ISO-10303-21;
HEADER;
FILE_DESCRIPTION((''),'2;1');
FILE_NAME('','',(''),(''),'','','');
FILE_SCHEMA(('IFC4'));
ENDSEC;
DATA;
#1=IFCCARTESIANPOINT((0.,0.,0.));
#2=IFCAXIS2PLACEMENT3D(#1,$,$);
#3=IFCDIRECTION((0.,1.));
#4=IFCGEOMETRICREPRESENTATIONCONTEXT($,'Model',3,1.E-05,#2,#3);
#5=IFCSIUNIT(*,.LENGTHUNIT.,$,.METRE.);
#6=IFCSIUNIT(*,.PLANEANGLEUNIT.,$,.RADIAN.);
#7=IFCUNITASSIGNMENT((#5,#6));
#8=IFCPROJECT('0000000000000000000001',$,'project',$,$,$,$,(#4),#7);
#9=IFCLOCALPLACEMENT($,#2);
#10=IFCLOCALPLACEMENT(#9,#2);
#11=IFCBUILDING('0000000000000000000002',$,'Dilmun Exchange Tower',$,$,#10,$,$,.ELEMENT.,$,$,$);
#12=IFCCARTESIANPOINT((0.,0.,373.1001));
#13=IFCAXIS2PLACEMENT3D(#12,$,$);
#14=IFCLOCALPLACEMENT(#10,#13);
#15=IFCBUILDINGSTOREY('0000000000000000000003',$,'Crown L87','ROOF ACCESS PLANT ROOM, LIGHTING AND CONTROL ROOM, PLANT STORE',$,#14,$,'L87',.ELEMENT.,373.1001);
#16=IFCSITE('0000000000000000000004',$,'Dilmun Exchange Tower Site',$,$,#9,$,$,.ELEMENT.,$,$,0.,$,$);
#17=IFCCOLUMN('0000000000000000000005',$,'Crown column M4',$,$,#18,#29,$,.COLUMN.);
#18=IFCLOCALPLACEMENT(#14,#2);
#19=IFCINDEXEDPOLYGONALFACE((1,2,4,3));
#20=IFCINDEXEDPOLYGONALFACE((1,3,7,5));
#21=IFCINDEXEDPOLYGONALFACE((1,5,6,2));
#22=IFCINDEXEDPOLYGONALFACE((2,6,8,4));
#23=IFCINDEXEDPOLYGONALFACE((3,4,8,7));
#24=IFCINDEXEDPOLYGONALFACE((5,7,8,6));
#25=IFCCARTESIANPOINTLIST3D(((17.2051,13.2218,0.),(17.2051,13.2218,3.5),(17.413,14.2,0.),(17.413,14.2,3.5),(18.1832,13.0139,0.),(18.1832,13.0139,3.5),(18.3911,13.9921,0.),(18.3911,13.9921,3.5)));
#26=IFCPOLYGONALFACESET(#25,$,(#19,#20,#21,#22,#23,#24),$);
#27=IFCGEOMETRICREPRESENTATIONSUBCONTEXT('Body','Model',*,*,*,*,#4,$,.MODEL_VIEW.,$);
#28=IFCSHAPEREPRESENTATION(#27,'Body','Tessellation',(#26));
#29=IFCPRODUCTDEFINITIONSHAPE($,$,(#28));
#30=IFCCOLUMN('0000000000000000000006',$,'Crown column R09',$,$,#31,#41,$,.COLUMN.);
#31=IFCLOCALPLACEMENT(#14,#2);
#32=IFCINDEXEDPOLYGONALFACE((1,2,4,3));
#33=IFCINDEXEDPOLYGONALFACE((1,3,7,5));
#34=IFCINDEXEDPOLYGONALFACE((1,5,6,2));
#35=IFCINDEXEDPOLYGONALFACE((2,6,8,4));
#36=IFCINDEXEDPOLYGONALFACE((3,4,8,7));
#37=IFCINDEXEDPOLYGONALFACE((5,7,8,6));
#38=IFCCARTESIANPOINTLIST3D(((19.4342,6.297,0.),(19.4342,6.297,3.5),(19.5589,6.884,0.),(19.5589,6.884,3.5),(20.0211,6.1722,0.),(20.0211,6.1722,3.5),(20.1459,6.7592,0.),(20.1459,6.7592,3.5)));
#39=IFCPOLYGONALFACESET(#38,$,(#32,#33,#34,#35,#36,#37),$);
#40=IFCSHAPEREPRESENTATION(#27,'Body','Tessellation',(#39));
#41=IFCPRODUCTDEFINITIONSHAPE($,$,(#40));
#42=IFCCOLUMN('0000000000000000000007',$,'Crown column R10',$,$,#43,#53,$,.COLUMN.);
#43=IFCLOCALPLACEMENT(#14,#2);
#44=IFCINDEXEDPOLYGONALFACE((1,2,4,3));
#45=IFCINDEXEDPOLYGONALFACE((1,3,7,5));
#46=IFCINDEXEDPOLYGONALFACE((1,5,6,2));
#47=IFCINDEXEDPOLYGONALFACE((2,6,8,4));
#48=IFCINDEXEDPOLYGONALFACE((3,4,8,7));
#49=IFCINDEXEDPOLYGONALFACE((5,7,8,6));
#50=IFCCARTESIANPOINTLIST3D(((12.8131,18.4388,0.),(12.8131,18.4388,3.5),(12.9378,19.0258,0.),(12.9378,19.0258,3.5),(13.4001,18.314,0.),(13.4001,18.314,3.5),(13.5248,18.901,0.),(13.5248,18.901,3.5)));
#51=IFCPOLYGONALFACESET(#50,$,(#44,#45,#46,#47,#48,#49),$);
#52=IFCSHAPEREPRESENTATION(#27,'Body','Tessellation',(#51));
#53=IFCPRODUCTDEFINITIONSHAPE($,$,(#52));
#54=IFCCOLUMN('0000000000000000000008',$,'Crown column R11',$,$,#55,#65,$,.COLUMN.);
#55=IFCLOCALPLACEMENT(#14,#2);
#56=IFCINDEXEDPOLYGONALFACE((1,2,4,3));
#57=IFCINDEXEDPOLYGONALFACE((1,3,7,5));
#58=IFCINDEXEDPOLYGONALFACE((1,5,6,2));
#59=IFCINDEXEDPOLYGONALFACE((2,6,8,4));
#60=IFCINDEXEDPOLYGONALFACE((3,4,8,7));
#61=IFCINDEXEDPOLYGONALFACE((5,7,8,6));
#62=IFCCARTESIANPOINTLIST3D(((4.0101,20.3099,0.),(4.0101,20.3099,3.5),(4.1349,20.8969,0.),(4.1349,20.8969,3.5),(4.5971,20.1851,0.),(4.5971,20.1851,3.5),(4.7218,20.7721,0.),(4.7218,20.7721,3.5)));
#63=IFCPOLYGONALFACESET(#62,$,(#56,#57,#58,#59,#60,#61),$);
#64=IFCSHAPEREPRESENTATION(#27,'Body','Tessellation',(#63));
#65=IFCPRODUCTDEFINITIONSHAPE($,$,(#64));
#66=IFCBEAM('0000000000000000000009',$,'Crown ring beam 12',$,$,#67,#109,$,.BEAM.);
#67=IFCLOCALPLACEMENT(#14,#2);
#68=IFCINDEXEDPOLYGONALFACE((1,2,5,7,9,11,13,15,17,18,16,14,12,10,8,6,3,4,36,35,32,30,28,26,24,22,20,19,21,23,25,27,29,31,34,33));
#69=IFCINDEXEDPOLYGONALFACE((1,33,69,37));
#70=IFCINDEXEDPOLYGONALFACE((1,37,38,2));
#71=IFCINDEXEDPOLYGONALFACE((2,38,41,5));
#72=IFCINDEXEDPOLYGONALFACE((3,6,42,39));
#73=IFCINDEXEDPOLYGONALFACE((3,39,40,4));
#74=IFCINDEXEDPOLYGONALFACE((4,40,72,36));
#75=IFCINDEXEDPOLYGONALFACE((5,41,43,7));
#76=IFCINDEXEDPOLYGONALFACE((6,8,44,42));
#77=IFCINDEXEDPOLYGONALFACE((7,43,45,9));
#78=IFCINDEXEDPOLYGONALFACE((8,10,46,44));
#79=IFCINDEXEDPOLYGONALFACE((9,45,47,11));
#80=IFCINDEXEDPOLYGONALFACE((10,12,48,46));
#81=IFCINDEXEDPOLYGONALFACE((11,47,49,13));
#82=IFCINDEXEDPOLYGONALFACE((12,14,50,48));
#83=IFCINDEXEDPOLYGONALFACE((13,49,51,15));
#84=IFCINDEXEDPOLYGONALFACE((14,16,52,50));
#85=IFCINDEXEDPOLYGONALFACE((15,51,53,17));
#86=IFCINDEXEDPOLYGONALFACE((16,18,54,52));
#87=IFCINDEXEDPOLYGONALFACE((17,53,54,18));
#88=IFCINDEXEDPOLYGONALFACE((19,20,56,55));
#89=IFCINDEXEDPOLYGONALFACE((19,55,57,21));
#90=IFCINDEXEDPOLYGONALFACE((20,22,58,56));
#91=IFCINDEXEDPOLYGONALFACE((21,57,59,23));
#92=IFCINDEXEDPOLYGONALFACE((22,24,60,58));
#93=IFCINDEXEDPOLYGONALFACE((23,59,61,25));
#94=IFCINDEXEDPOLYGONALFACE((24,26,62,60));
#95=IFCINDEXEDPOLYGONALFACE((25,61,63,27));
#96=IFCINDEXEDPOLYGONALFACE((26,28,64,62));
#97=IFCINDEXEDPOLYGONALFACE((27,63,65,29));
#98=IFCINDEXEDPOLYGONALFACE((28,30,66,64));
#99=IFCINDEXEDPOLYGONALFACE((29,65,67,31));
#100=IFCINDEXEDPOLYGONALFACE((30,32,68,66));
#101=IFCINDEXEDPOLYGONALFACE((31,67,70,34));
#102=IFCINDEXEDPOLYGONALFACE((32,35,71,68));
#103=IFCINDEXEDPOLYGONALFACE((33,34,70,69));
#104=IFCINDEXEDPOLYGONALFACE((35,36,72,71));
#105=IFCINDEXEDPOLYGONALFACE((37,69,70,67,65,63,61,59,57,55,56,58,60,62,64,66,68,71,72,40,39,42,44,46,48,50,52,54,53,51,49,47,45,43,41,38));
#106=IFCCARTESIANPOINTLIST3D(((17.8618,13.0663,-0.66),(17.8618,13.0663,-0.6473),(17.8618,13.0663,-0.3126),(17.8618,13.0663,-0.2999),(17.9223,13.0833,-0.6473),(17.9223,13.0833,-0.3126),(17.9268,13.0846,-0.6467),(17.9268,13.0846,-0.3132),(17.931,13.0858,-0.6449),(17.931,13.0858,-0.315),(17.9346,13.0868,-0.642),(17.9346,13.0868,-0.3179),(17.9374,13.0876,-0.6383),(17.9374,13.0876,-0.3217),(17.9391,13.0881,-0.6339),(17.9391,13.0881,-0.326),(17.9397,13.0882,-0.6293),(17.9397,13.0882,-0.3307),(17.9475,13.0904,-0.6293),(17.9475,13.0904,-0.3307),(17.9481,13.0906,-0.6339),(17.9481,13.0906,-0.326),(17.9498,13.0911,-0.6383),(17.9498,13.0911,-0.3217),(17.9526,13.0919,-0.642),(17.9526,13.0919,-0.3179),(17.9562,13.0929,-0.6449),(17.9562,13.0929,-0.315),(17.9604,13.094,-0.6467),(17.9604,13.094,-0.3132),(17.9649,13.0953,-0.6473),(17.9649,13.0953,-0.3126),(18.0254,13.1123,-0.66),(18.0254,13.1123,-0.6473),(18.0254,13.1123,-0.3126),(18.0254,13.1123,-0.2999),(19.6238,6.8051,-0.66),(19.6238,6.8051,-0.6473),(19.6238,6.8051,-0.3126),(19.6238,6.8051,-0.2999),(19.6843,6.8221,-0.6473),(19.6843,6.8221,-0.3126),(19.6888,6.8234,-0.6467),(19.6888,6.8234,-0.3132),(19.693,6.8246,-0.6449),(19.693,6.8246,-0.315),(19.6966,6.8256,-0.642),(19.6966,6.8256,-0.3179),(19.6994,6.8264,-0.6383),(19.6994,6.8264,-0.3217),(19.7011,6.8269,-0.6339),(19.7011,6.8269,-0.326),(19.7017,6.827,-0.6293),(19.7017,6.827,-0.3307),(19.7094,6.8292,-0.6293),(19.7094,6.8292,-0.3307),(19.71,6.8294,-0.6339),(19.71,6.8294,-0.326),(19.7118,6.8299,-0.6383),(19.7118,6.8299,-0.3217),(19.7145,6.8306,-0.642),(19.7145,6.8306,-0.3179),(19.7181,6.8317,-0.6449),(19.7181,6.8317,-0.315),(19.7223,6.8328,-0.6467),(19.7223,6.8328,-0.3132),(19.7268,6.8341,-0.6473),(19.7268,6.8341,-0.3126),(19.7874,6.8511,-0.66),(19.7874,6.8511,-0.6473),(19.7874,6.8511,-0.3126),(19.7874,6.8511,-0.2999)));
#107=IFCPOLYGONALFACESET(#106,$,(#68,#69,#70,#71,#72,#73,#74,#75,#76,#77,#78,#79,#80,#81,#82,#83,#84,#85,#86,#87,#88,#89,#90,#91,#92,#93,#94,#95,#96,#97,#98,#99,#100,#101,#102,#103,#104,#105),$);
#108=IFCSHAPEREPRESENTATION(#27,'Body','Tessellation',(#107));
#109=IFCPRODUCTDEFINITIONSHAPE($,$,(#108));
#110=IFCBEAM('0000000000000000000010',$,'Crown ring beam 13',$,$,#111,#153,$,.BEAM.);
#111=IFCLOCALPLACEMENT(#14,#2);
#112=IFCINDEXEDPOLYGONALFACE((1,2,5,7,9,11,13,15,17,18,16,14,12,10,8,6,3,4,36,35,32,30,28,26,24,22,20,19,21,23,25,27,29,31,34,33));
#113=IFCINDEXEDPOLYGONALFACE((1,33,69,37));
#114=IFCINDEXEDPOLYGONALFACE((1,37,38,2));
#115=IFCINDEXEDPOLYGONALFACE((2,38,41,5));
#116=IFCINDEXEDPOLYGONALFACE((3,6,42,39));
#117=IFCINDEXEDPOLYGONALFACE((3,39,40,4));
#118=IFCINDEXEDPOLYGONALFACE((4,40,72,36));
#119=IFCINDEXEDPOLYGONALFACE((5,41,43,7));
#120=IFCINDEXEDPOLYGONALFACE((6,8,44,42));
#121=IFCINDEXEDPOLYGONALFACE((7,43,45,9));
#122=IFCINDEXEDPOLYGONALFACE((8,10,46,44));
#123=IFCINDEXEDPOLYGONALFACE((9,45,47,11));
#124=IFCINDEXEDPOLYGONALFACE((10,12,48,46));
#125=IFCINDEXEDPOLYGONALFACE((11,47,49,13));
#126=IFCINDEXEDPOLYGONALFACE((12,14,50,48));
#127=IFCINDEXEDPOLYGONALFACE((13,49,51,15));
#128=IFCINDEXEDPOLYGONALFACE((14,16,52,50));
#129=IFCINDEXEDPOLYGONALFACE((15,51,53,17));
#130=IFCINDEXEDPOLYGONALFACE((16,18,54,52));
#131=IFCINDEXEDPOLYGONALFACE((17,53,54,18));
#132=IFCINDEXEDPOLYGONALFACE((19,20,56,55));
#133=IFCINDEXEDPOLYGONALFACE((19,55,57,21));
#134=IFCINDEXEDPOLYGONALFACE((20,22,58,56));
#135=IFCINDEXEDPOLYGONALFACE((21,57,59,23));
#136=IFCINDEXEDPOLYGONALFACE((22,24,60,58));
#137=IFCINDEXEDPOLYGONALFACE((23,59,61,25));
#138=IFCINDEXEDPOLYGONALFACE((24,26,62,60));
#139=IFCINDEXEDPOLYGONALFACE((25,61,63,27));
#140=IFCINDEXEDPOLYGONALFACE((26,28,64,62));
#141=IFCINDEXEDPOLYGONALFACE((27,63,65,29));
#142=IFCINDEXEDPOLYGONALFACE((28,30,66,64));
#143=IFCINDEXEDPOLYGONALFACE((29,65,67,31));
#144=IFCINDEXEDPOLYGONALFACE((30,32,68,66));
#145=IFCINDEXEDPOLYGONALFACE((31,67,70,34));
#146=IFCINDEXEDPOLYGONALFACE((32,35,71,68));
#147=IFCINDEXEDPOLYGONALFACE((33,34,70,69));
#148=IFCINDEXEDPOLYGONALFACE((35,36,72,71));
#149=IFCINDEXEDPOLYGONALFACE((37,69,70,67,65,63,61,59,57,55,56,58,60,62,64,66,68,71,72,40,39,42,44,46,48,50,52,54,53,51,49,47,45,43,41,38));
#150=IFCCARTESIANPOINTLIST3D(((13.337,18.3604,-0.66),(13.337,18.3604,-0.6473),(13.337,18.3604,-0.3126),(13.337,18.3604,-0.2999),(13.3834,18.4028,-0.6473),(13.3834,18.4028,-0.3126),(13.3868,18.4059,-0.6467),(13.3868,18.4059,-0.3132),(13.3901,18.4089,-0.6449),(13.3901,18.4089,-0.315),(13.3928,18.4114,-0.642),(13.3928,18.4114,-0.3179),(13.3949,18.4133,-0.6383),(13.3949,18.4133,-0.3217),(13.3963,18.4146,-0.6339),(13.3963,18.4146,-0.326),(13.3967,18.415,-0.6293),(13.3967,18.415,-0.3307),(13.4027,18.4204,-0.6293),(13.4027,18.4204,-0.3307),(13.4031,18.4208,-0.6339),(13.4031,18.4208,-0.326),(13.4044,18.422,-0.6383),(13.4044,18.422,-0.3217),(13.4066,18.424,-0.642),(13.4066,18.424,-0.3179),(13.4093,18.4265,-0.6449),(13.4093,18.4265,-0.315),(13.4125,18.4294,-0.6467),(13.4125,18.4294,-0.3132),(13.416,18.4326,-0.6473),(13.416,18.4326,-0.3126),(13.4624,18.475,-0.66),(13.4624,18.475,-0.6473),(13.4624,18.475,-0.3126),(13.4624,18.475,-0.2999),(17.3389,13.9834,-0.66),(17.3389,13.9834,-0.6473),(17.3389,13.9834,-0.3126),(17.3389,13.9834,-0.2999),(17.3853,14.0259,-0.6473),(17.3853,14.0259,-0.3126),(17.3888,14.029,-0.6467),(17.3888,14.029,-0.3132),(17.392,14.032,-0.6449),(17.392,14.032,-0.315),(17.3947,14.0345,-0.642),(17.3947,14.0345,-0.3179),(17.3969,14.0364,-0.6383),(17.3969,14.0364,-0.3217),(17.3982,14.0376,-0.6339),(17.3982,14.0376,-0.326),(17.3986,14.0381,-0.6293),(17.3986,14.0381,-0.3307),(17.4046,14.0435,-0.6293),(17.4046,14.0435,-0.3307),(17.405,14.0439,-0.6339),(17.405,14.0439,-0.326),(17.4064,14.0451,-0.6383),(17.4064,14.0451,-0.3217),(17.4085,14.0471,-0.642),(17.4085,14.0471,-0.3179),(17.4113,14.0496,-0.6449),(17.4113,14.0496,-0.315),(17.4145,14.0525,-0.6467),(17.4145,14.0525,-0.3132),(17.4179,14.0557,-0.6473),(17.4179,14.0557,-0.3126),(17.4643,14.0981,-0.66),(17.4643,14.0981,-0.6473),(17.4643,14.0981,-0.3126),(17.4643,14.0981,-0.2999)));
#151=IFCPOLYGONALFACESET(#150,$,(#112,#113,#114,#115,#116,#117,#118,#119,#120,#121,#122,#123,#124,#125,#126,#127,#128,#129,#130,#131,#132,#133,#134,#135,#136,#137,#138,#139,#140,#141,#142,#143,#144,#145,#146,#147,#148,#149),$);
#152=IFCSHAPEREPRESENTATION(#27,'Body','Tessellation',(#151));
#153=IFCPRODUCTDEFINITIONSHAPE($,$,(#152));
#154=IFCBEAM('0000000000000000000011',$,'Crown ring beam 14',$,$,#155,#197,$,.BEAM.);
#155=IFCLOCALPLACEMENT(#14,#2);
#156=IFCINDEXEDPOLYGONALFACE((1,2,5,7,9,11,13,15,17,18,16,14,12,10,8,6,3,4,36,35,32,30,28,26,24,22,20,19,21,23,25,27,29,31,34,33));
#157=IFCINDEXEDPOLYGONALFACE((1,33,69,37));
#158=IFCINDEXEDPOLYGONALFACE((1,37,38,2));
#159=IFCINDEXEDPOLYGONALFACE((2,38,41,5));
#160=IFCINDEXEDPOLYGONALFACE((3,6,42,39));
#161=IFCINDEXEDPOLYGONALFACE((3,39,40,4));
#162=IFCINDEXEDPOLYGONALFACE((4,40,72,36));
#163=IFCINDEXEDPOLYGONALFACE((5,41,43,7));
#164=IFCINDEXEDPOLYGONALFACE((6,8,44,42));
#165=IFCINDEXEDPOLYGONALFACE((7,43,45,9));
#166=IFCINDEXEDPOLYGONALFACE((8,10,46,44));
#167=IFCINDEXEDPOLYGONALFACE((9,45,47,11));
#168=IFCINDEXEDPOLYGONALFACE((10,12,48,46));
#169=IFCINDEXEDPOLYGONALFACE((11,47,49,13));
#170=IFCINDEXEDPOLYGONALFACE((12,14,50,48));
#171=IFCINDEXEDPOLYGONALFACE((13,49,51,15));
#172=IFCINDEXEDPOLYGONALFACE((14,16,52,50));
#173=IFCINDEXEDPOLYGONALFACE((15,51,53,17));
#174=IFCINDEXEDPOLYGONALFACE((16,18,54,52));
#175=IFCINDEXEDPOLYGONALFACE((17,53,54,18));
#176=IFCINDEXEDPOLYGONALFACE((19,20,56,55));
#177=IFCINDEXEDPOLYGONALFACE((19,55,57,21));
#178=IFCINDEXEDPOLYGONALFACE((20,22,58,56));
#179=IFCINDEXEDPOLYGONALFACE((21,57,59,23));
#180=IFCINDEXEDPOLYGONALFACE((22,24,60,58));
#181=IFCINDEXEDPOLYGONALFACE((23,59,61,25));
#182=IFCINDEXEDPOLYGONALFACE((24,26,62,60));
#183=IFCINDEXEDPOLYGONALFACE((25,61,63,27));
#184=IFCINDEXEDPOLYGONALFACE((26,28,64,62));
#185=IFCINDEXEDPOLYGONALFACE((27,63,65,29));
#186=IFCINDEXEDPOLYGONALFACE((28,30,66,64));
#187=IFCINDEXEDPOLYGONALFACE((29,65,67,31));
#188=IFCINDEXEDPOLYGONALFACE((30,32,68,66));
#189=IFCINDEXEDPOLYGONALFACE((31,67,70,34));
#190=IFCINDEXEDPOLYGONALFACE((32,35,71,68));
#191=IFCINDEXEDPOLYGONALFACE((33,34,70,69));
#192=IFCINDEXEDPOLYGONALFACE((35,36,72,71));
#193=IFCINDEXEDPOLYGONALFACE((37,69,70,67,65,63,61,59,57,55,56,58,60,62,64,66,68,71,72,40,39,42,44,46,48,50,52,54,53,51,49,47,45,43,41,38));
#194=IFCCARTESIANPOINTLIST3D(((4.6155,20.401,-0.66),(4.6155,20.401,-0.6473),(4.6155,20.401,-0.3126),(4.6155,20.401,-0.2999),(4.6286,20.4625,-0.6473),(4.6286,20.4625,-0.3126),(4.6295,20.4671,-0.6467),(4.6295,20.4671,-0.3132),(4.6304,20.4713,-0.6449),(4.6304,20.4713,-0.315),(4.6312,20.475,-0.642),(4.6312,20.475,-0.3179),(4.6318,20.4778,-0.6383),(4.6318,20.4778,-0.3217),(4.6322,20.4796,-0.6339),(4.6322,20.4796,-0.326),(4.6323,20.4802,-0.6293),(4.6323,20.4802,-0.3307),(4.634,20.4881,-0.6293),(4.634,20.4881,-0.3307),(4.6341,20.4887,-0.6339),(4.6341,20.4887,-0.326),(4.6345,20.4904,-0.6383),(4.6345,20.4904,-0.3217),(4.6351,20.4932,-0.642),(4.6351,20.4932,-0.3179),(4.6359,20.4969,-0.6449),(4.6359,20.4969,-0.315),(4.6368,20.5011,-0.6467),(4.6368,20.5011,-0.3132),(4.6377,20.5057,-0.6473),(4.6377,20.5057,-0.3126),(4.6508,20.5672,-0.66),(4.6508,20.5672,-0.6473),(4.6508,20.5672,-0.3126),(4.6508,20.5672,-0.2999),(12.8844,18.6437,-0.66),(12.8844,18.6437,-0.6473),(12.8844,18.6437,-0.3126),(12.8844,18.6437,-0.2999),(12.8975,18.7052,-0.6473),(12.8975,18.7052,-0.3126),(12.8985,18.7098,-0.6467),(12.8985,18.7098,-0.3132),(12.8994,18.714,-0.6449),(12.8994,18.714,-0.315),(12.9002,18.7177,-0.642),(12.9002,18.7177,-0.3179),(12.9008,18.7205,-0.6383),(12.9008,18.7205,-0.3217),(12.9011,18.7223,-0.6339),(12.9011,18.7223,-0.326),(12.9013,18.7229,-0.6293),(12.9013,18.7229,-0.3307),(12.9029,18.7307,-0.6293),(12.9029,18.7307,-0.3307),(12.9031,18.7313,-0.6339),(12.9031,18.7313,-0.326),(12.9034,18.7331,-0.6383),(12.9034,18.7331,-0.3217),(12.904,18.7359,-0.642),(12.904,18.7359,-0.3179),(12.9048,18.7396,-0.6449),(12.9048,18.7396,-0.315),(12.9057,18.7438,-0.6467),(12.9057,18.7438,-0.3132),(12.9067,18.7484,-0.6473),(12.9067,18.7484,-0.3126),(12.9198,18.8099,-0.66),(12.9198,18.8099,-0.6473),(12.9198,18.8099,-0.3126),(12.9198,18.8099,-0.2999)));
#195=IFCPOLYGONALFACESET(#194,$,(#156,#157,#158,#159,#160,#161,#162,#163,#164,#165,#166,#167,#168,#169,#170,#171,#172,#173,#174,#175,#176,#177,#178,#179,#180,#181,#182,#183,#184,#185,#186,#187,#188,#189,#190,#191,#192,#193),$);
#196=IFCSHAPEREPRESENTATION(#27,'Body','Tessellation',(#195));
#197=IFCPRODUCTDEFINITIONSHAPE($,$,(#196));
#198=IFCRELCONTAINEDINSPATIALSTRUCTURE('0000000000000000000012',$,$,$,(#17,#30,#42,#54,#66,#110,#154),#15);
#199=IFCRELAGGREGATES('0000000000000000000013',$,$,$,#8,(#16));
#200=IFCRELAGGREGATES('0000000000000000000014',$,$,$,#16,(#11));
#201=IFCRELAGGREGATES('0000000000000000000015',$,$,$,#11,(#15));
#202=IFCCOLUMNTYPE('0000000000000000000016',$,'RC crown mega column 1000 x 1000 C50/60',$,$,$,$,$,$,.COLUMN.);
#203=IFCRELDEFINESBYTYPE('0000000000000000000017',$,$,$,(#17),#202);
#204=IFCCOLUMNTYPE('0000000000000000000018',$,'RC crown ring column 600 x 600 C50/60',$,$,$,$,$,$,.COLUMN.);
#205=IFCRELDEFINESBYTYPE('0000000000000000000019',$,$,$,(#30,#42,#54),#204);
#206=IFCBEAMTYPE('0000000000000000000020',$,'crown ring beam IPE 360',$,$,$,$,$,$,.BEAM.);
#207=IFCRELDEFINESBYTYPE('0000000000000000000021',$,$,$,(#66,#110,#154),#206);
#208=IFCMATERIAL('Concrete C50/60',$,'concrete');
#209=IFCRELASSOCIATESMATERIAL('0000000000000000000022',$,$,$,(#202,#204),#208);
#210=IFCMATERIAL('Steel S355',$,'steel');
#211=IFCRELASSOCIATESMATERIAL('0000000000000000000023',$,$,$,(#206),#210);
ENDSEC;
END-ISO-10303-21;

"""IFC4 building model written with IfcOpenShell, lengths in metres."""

from ifc_helpers import new_model, si_unit, direction, frame, origin, origin_2d, place, context, subcontext, project, spatial, rectangle, i_section, extrude, material, material_profile, profile_set, type_object, element, save


model = new_model("IFC4")

# Units and contexts
model_context = context("Model", 3, precision=1e-05, world=origin(), true_north=direction((0.0, 1.0)))
body_context = subcontext(model_context, "Body", "Model", "MODEL_VIEW")
ifc_project = project(units=[si_unit("LENGTHUNIT", "METRE"), si_unit("PLANEANGLEUNIT", "RADIAN")], contexts=[model_context])

# Site, building, storey
site_placement = place(None, origin())
site = spatial("IfcSite", under=ifc_project, at=site_placement, Name="Dilmun Exchange Tower Site", CompositionType="ELEMENT", RefElevation=0.0)
building_placement = place(site_placement, origin())
building = spatial("IfcBuilding", under=site, at=building_placement, Name="Dilmun Exchange Tower", CompositionType="ELEMENT")
storey_placement = place(building_placement, frame((0.0, 0.0, 373.1001)))
storey = spatial("IfcBuildingStorey", under=building, at=storey_placement, Name="Crown L87", Description="ROOF ACCESS PLANT ROOM, LIGHTING AND CONTROL ROOM, PLANT STORE", LongName="L87", CompositionType="ELEMENT", Elevation=373.1001)

# Columns
ifc_material_1 = material(Name="Concrete C50/60", Category="concrete")
ifc_material_profile_1 = material_profile(ifc_material_1, rectangle(XDim=1.0, YDim=1.0, at=origin_2d()), Name="1000 x 1000")
ifc_profile_set_1 = profile_set([ifc_material_profile_1], Name="Concrete C50/60")
column_type_1 = type_object("IfcColumnType", Name="RC crown mega column 1000 x 1000 C50/60", PredefinedType="COLUMN", material=ifc_profile_set_1)
column_placement = place(storey_placement, frame((17.7981, 13.6069, 0.0), z_axis=(0.0, 0.0, 1.0), x_axis=(0.207912, 0.978148, 0.0)))
element("IfcColumn", 1, at=column_placement, inside=storey, type_object=column_type_1, Name="Crown column M4", PredefinedType="COLUMN", context=body_context, shape_type="SweptSolid", body=[
    extrude(rectangle(XDim=1.0, YDim=1.0, at=origin_2d()), origin(), (0.0, 0.0, 1.0), 3.5),
])
ifc_material_profile_2 = material_profile(ifc_material_1, rectangle(XDim=0.6001, YDim=0.6001, at=origin_2d()), Name="600 x 600")
ifc_profile_set_2 = profile_set([ifc_material_profile_2], Name="Concrete C50/60")
column_type_2 = type_object("IfcColumnType", Name="RC crown ring column 600 x 600 C50/60", PredefinedType="COLUMN", material=ifc_profile_set_2)
for number, where, z_axis, x_axis, name in (
    (2, (19.79, 6.5281, 0.0), (0.0, 0.0, 1.0), (0.207912, 0.978148, 0.0), "Crown column R09"),
    (3, (13.1689, 18.6699, 0.0), (0.0, 0.0, 1.0), (0.207912, 0.978148, 0.0), "Crown column R10"),
    (4, (4.366, 20.541, 0.0), (0.0, 0.0, 1.0), (0.207912, 0.978148, 0.0), "Crown column R11"),
):
    element("IfcColumn", number, at=place(storey_placement, frame(where, z_axis=z_axis, x_axis=x_axis)), inside=storey, type_object=column_type_2, Name=name, PredefinedType="COLUMN", context=body_context, shape_type="SweptSolid", body=[
        extrude(rectangle(XDim=0.6001, YDim=0.6001, at=origin_2d()), origin(), (0.0, 0.0, 1.0), 3.5),
    ])

# Beams
ifc_material_2 = material(Name="Steel S355", Category="steel")
ifc_material_profile_3 = material_profile(ifc_material_2, i_section(OverallWidth=0.1699, OverallDepth=0.3601, WebThickness=0.0081, FlangeThickness=0.0127, FilletRadius=0.0181, at=origin_2d()), Name="IPE 360")
ifc_profile_set_3 = profile_set([ifc_material_profile_3], Name="Steel S355")
beam_type = type_object("IfcBeamType", Name="crown ring beam IPE 360", PredefinedType="BEAM", material=ifc_profile_set_3)
beam_1_placement = place(storey_placement, frame((19.7056, 6.8281, -0.48), z_axis=(-0.270887, 0.962611, 0.0), x_axis=(-0.962611, -0.270887, 0.0)))
element("IfcBeam", 5, at=beam_1_placement, inside=storey, type_object=beam_type, Name="Crown ring beam 12", PredefinedType="BEAM", context=body_context, shape_type="SweptSolid", body=[
    extrude(i_section(OverallWidth=0.1699, OverallDepth=0.3601, WebThickness=0.0081, FlangeThickness=0.0127, FilletRadius=0.0181, at=origin_2d()), origin(), (0.0, 0.0, 1.0), 6.5044),
])
beam_2_placement = place(storey_placement, frame((17.4016, 14.0408, -0.48), z_axis=(-0.674785, 0.738015, 0.0), x_axis=(-0.738015, -0.674785, 0.0)))
element("IfcBeam", 6, at=beam_2_placement, inside=storey, type_object=beam_type, Name="Crown ring beam 13", PredefinedType="BEAM", context=body_context, shape_type="SweptSolid", body=[
    extrude(i_section(OverallWidth=0.1699, OverallDepth=0.3601, WebThickness=0.0081, FlangeThickness=0.0127, FilletRadius=0.0181, at=origin_2d()), origin(), (0.0, 0.0, 1.0), 5.9307),
])
for number, where, z_axis, x_axis, name in (
    (7, (12.9021, 18.7268, -0.48), (-0.978155, 0.207876, 0.0), (-0.207876, -0.978155, 0.0), "Crown ring beam 14"),
):
    element("IfcBeam", number, at=place(storey_placement, frame(where, z_axis=z_axis, x_axis=x_axis)), inside=storey, type_object=beam_type, Name=name, PredefinedType="BEAM", context=body_context, shape_type="SweptSolid", body=[
        extrude(i_section(OverallWidth=0.1699, OverallDepth=0.3601, WebThickness=0.0081, FlangeThickness=0.0127, FilletRadius=0.0181, at=origin_2d()), origin(), (0.0, 0.0, 1.0), 8.4536),
    ])

save(model, "model.ifc")
